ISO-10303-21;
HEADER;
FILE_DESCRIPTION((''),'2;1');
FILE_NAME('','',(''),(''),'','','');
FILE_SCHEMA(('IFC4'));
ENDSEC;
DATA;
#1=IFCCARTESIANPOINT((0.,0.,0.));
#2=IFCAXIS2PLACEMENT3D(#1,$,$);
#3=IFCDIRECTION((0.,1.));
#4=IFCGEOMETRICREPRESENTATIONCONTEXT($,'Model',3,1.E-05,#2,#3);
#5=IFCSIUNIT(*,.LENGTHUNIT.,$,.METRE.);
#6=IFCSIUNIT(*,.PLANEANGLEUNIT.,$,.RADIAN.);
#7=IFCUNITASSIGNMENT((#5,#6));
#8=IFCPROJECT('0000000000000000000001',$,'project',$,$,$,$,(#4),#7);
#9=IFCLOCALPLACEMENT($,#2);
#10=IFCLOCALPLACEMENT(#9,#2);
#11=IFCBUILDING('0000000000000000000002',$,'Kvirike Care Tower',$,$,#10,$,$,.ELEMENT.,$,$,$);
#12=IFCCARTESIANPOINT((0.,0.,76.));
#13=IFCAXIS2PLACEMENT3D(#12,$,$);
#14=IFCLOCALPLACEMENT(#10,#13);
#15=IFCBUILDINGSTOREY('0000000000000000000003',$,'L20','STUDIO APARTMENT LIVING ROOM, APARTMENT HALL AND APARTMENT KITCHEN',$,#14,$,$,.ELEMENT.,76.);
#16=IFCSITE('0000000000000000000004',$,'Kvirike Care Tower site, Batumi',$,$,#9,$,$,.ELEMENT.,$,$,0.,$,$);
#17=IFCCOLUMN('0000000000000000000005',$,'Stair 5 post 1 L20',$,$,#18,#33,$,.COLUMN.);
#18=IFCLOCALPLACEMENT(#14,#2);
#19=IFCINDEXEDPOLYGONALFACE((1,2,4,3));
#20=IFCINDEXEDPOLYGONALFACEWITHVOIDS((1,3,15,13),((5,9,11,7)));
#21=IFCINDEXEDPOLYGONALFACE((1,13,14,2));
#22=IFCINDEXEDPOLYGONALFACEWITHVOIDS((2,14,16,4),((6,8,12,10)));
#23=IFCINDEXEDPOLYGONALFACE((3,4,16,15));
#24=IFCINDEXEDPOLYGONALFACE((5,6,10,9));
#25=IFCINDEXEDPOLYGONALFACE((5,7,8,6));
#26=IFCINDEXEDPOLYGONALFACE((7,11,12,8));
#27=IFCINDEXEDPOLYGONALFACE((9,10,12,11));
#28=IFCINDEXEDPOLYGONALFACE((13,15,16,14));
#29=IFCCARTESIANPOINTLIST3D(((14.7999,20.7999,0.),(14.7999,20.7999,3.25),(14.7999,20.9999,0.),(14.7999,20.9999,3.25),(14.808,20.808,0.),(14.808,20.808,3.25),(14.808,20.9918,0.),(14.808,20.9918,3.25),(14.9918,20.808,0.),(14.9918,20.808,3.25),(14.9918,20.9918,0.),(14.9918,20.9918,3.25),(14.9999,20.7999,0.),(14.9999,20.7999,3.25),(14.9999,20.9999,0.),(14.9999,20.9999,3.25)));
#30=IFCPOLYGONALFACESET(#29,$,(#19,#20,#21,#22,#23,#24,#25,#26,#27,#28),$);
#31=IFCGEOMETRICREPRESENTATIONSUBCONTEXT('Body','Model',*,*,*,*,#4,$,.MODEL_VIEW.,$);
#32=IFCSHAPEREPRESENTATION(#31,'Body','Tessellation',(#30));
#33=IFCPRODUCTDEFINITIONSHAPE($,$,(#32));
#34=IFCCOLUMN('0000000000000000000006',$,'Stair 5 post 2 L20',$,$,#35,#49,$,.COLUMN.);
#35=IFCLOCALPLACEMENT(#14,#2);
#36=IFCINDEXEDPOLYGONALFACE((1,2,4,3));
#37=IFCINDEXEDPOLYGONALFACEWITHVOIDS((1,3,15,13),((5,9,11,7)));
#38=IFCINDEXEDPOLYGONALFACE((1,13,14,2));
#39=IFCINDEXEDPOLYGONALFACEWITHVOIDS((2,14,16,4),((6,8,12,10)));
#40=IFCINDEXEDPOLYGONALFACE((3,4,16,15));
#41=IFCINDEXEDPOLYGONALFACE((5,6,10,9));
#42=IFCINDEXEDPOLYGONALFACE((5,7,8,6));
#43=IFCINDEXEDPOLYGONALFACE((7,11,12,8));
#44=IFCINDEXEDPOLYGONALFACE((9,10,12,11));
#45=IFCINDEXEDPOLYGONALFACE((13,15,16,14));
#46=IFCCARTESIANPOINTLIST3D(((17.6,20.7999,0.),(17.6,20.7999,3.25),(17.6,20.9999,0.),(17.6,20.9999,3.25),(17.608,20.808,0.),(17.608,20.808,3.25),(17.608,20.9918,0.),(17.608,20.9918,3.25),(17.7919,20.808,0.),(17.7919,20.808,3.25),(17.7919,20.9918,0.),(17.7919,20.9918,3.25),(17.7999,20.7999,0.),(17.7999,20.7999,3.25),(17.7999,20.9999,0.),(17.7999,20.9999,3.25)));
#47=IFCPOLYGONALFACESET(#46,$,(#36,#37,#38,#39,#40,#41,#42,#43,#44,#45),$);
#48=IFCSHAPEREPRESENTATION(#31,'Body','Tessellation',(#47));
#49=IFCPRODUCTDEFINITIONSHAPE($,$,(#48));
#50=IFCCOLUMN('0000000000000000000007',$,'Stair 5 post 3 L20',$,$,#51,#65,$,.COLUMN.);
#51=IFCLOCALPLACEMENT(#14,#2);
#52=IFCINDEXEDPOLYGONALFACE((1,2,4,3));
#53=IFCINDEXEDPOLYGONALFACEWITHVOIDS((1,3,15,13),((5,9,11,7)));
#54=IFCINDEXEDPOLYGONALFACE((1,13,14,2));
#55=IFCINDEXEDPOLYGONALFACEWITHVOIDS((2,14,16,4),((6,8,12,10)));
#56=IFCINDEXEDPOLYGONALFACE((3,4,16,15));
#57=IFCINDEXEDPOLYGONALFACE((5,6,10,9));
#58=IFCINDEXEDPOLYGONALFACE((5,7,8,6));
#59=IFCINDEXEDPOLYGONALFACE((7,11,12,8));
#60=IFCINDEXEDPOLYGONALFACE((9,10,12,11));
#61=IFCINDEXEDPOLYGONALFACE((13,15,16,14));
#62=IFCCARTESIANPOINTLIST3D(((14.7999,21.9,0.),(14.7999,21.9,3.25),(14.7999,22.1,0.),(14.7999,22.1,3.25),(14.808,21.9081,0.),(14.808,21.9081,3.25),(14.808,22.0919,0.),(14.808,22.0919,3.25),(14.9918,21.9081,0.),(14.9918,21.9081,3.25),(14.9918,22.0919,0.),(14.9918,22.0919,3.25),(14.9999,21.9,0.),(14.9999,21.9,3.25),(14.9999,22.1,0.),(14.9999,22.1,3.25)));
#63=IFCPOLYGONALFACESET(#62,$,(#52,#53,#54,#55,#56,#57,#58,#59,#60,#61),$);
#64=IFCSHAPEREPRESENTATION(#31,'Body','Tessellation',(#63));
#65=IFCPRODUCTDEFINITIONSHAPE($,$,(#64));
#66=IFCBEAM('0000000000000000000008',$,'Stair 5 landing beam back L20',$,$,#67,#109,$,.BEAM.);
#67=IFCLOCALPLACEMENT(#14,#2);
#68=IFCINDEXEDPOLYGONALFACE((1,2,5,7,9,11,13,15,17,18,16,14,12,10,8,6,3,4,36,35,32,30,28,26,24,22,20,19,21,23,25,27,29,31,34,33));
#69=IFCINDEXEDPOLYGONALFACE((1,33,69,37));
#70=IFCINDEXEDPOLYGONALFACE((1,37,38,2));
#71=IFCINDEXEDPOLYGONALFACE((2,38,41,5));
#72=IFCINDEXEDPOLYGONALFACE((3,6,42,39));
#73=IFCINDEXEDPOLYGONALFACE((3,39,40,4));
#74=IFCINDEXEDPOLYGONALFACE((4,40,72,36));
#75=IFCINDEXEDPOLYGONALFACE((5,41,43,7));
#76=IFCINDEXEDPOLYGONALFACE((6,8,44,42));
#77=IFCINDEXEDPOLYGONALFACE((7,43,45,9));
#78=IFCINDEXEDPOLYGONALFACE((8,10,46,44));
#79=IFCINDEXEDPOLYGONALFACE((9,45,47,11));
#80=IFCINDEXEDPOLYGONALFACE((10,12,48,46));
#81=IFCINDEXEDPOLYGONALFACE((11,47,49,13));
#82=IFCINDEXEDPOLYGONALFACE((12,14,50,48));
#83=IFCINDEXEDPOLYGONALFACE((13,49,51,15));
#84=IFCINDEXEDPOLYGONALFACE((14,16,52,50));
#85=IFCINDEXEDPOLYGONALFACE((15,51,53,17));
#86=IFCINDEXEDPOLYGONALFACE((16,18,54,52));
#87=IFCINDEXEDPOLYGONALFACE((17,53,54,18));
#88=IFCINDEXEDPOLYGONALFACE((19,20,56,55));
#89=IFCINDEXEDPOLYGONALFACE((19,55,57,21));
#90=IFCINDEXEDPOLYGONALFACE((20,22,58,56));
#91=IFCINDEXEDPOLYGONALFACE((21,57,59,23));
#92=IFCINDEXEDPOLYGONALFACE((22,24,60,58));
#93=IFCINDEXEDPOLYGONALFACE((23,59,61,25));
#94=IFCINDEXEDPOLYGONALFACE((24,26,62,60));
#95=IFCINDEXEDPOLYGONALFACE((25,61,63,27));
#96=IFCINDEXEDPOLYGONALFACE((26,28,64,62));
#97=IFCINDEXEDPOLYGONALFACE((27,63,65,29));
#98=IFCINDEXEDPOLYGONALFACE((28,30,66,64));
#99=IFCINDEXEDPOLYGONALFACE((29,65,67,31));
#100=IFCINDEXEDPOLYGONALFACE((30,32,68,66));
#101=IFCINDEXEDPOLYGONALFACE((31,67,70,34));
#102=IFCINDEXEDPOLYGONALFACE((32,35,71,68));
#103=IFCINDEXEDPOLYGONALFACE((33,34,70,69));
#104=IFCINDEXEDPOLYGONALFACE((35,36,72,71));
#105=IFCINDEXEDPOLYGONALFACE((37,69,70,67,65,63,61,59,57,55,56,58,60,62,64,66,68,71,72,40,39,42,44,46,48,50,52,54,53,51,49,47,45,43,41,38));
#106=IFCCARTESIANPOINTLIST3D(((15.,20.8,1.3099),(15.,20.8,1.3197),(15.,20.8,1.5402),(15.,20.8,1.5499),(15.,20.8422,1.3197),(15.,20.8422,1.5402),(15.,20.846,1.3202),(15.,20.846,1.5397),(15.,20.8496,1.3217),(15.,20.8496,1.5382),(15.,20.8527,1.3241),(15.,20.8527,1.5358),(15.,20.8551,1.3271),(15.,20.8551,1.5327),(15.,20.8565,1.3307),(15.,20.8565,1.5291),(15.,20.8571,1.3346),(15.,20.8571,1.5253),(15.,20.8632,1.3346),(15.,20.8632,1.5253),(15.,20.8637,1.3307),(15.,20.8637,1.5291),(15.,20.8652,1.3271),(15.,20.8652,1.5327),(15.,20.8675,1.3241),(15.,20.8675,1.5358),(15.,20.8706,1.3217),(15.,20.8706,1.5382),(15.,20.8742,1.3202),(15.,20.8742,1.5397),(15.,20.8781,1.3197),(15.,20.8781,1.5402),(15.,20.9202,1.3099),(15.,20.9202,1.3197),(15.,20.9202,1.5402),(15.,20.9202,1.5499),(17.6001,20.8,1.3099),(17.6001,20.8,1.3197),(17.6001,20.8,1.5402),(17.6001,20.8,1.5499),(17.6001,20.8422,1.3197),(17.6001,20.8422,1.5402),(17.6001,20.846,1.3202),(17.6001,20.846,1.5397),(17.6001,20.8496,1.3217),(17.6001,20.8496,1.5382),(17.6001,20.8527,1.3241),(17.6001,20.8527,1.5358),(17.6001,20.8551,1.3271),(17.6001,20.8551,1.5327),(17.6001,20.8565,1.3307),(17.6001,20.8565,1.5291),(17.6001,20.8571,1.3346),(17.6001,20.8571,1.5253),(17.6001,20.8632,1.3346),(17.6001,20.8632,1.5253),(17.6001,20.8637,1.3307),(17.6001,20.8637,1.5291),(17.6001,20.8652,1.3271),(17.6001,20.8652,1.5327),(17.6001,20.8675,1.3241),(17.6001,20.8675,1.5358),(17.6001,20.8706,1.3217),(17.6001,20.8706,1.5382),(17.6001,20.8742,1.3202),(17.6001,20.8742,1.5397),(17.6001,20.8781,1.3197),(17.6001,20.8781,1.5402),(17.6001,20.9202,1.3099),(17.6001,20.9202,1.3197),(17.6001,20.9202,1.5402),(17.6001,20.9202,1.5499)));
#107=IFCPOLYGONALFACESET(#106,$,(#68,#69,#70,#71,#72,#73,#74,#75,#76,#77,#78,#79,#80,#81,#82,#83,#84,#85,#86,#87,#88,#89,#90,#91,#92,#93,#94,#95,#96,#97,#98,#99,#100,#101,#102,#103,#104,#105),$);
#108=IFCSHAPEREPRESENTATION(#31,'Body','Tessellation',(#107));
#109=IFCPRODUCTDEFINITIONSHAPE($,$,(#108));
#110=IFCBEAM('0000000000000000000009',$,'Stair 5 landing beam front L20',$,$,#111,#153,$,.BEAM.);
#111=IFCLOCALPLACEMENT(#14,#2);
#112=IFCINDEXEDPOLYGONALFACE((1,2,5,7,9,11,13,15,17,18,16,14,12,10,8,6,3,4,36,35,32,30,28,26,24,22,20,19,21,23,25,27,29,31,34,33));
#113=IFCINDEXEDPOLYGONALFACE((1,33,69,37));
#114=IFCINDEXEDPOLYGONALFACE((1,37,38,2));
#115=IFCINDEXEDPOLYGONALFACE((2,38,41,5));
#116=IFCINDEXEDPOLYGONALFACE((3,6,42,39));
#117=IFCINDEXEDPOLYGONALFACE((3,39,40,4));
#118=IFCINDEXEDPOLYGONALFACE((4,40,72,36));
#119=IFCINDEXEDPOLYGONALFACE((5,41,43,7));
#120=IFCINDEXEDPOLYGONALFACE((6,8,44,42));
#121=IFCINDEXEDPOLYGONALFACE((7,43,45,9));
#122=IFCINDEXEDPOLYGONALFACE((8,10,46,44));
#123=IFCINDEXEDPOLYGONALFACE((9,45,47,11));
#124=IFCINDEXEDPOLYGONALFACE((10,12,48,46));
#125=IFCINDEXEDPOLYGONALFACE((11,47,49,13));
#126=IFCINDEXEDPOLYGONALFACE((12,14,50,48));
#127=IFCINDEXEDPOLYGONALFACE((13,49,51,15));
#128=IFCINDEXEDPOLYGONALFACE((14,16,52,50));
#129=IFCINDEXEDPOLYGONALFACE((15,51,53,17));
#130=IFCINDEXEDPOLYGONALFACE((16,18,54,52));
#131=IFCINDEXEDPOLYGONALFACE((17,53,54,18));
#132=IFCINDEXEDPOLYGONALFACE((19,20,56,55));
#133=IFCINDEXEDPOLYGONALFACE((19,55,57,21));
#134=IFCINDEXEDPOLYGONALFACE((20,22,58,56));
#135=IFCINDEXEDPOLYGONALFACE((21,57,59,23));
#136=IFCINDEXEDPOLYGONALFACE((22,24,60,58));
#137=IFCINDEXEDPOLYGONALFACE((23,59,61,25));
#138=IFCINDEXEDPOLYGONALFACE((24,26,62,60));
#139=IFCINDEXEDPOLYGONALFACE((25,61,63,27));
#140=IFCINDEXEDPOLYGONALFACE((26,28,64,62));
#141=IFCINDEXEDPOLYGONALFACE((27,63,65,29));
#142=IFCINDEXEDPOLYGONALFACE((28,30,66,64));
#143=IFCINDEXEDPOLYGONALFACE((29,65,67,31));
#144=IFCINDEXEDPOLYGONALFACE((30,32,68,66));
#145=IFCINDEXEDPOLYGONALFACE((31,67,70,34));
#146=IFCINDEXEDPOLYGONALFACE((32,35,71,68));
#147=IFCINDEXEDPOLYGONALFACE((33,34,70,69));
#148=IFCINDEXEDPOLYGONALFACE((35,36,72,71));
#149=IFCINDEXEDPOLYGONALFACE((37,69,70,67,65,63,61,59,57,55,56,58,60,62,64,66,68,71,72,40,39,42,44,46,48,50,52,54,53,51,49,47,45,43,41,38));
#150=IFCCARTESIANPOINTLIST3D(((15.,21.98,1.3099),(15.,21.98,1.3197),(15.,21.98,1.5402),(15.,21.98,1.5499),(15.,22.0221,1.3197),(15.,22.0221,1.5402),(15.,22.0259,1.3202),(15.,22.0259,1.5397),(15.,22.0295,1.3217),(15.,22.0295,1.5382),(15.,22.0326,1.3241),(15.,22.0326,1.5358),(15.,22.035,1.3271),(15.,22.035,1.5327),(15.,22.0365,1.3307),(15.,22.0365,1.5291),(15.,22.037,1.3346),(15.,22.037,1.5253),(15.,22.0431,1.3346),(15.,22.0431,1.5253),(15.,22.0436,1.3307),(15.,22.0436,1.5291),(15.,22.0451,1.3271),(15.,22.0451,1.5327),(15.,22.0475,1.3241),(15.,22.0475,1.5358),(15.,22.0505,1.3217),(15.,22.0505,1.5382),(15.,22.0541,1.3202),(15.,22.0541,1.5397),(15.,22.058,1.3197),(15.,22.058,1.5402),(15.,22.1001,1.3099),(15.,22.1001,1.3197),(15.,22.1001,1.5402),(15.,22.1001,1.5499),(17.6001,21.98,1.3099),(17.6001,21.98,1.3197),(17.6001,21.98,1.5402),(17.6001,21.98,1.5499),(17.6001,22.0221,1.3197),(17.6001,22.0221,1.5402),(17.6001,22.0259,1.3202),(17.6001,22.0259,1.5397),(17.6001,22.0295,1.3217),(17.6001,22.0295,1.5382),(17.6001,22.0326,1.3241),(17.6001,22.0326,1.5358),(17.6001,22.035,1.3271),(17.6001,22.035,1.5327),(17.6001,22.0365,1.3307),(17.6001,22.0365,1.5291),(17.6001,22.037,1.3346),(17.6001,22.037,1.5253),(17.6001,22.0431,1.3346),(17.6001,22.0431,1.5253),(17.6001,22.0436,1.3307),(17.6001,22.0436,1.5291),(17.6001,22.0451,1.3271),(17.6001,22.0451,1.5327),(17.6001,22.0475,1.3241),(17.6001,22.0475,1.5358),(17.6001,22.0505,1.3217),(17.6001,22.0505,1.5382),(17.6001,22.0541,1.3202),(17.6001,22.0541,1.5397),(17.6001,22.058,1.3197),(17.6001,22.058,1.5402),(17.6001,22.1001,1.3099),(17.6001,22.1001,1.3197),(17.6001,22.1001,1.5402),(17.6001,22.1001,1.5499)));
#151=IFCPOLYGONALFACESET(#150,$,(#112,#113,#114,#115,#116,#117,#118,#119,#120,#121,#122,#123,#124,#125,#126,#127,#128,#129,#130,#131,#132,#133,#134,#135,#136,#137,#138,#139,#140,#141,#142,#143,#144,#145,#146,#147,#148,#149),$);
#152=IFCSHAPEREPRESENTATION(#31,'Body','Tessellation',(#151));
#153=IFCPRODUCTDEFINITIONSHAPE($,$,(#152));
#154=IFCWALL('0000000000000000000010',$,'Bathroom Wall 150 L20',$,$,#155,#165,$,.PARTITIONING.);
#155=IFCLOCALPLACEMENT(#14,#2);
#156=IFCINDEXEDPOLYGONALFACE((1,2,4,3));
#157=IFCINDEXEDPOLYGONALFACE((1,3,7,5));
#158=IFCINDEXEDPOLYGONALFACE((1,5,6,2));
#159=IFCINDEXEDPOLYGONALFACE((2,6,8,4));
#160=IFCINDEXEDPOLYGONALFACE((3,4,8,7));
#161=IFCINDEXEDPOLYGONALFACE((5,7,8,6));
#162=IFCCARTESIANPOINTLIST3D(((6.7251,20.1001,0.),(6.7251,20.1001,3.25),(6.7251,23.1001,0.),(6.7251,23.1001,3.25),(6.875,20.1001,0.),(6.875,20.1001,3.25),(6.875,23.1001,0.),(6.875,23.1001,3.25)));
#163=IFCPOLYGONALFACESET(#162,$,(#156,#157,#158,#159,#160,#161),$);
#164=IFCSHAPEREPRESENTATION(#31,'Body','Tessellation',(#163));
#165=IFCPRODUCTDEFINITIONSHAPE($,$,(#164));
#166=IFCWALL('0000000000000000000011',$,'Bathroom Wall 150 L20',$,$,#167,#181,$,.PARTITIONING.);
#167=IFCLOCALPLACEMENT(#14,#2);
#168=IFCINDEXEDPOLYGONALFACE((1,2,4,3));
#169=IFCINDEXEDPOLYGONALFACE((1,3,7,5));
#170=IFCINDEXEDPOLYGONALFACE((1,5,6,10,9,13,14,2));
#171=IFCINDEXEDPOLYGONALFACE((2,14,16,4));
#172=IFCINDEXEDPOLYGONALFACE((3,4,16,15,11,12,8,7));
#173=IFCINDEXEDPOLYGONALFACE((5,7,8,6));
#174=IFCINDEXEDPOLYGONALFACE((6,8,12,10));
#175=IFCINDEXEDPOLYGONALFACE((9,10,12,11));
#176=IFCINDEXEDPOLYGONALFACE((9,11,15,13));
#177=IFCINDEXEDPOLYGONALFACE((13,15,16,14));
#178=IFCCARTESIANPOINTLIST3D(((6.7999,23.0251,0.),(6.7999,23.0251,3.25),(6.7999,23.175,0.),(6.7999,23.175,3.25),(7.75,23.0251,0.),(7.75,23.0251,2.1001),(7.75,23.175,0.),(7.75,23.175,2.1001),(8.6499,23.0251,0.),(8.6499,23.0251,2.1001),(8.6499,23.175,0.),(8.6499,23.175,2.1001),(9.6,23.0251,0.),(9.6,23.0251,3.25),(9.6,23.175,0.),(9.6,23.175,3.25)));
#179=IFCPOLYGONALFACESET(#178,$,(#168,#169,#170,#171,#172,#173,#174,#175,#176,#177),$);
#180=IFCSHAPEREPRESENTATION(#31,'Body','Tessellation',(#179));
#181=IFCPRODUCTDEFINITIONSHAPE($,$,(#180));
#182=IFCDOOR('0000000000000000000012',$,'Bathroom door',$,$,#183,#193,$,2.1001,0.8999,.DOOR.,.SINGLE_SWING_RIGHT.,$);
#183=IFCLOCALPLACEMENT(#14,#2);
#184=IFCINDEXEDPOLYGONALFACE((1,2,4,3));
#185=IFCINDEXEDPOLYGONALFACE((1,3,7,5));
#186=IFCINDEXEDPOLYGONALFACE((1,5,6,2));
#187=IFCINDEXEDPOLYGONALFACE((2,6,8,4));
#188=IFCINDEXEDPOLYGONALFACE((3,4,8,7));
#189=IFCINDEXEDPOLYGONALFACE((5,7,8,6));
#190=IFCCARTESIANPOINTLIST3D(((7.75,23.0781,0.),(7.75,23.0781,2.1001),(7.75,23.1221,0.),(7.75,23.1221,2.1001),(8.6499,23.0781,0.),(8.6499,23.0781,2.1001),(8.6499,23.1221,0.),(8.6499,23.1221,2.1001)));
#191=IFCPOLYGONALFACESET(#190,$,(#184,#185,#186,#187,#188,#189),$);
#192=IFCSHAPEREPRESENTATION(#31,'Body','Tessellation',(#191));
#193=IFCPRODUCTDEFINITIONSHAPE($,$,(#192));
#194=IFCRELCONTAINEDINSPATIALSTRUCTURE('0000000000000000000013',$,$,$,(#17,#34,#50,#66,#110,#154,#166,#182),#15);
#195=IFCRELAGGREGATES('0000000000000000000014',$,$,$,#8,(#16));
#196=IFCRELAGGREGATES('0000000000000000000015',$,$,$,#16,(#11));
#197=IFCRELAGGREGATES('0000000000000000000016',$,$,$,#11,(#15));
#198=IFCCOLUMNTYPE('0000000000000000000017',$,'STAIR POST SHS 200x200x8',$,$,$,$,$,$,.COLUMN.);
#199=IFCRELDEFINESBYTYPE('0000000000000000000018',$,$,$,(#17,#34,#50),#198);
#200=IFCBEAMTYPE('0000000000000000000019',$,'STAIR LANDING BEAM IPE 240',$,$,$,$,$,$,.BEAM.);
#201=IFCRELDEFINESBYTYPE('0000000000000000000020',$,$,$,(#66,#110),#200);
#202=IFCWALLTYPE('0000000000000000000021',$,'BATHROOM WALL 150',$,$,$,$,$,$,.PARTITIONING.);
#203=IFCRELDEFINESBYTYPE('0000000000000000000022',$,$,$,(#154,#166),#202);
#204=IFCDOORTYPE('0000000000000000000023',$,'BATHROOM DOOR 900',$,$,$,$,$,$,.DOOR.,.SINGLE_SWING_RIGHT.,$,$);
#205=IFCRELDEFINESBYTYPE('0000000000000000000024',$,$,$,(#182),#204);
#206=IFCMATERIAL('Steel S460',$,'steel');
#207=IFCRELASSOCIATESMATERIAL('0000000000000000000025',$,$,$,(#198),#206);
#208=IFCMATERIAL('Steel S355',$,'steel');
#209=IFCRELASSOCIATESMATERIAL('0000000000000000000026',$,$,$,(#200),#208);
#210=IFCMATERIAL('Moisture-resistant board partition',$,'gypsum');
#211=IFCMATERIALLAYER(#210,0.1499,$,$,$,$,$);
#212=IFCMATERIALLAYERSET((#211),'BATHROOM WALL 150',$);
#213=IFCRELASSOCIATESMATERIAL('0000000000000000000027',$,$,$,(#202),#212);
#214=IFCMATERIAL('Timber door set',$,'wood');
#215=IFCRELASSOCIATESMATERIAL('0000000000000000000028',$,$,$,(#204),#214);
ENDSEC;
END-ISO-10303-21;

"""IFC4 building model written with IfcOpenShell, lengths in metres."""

from ifc_helpers import new_model, si_unit, direction, frame, frame_2d, origin, origin_2d, place, context, subcontext, project, spatial, rectangle, hollow_rectangle, i_section, extrude, material, layer, layer_set, material_profile, profile_set, type_object, element, fill, save


model = new_model("IFC4")

# Units and contexts
model_context = context("Model", 3, precision=1e-05, world=origin(), true_north=direction((0.0, 1.0)))
body_context = subcontext(model_context, "Body", "Model", "MODEL_VIEW")
ifc_project = project(units=[si_unit("LENGTHUNIT", "METRE"), si_unit("PLANEANGLEUNIT", "RADIAN")], contexts=[model_context])

# Site, building, storey
site_placement = place(None, origin())
site = spatial("IfcSite", under=ifc_project, at=site_placement, Name="Kvirike Care Tower site, Batumi", CompositionType="ELEMENT", RefElevation=0.0)
building_placement = place(site_placement, origin())
building = spatial("IfcBuilding", under=site, at=building_placement, Name="Kvirike Care Tower", CompositionType="ELEMENT")
storey_placement = place(building_placement, frame((0.0, 0.0, 76.0)))
storey = spatial("IfcBuildingStorey", under=building, at=storey_placement, Name="L20", Description="STUDIO APARTMENT LIVING ROOM, APARTMENT HALL AND APARTMENT KITCHEN", CompositionType="ELEMENT", Elevation=76.0)

# Columns
ifc_material_1 = material(Name="Steel S460", Category="steel")
ifc_material_profile_1 = material_profile(ifc_material_1, hollow_rectangle(XDim=0.2, YDim=0.2, WallThickness=0.0081, at=origin_2d()), Name="SHS 200x200x8")
ifc_profile_set_1 = profile_set([ifc_material_profile_1], Name="Steel S460")
column_type = type_object("IfcColumnType", Name="STAIR POST SHS 200x200x8", PredefinedType="COLUMN", material=ifc_profile_set_1)
for number, where, z_axis, x_axis, name in (
    (1, (14.8999, 20.8999, 0.0), (0.0, 0.0, 1.0), (1.0, 0.0, 0.0), "Stair 5 post 1 L20"),
    (2, (17.7, 20.8999, 0.0), (0.0, 0.0, 1.0), (1.0, 0.0, 0.0), "Stair 5 post 2 L20"),
    (3, (14.8999, 22.0, 0.0), (0.0, 0.0, 1.0), (1.0, 0.0, 0.0), "Stair 5 post 3 L20"),
):
    element("IfcColumn", number, at=place(storey_placement, frame(where, z_axis=z_axis, x_axis=x_axis)), inside=storey, type_object=column_type, Name=name, PredefinedType="COLUMN", context=body_context, shape_type="SweptSolid", body=[
        extrude(hollow_rectangle(XDim=0.2, YDim=0.2, WallThickness=0.0081, at=origin_2d()), origin(), (0.0, 0.0, 1.0), 3.25),
    ])

# Beams
ifc_material_2 = material(Name="Steel S355", Category="steel")
ifc_material_profile_2 = material_profile(ifc_material_2, i_section(OverallWidth=0.1201, OverallDepth=0.24, WebThickness=0.0061, FlangeThickness=0.0098, FilletRadius=0.0149, at=origin_2d()), Name="IPE 240")
ifc_profile_set_2 = profile_set([ifc_material_profile_2], Name="Steel S355")
beam_type = type_object("IfcBeamType", Name="STAIR LANDING BEAM IPE 240", PredefinedType="BEAM", material=ifc_profile_set_2)
for number, where, z_axis, x_axis, name in (
    (4, (15.0, 20.8601, 1.4299), (1.0, 0.0, 0.0), (0.0, 1.0, 0.0), "Stair 5 landing beam back L20"),
    (5, (15.0, 22.04, 1.4299), (1.0, 0.0, 0.0), (0.0, 1.0, 0.0), "Stair 5 landing beam front L20"),
):
    element("IfcBeam", number, at=place(storey_placement, frame(where, z_axis=z_axis, x_axis=x_axis)), inside=storey, type_object=beam_type, Name=name, PredefinedType="BEAM", context=body_context, shape_type="SweptSolid", body=[
        extrude(i_section(OverallWidth=0.1201, OverallDepth=0.24, WebThickness=0.0061, FlangeThickness=0.0098, FilletRadius=0.0149, at=origin_2d()), origin(), (0.0, 0.0, 1.0), 2.6001),
    ])

# Wall
ifc_material_3 = material(Name="Moisture-resistant board partition", Category="gypsum")
ifc_layer_1 = layer(ifc_material_3, 0.1499)
ifc_layer_set_1 = layer_set([ifc_layer_1], Name="BATHROOM WALL 150")
wall_type_1 = type_object("IfcWallType", Name="BATHROOM WALL 150", PredefinedType="PARTITIONING", material=ifc_layer_set_1)
wall_1_placement = place(storey_placement, frame((6.8, 20.1001, 0.0), z_axis=(0.0, 0.0, 1.0), x_axis=(0.0, 1.0, 0.0)))
element("IfcWall", 6, at=wall_1_placement, inside=storey, type_object=wall_type_1, Name="Bathroom Wall 150 L20", PredefinedType="PARTITIONING", context=body_context, shape_type="SweptSolid", body=[
    extrude(rectangle(XDim=3.0, YDim=0.1499, at=frame_2d((1.5, 0.0))), origin(), (0.0, 0.0, 1.0), 3.25),
])

# Wall, opening, door
wall_2_placement = place(storey_placement, frame((6.8, 23.1001, 0.0), z_axis=(0.0, 0.0, 1.0), x_axis=(1.0, 0.0, 0.0)))
wall_2 = element("IfcWall", 7, at=wall_2_placement, inside=storey, type_object=wall_type_1, Name="Bathroom Wall 150 L20", PredefinedType="PARTITIONING", context=body_context, shape_type="SweptSolid", body=[
    extrude(rectangle(XDim=2.8, YDim=0.1499, at=frame_2d((1.3999, 0.0))), origin(), (0.0, 0.0, 1.0), 3.25),
])
opening_1_placement = place(wall_2_placement, frame((0.95, 0.0, 0.0)))
opening_1 = element("IfcOpeningElement", 8, at=opening_1_placement, cuts=wall_2, PredefinedType="OPENING", context=body_context, shape_type="SweptSolid", body=[
    extrude(rectangle(XDim=0.8999, YDim=2.1001, at=frame_2d((0.45, 1.05))), frame((0.0, 0.0854, 0.0), z_axis=(0.0, -1.0, 0.0), x_axis=(1.0, 0.0, 0.0)), (0.0, 0.0, 1.0), 0.1709),
])
ifc_material_4 = material(Name="Timber door set", Category="wood")
door_type_1 = type_object("IfcDoorType", Name="BATHROOM DOOR 900", OperationType="SINGLE_SWING_RIGHT", PredefinedType="DOOR", material=ifc_material_4)
door_1_placement = place(opening_1_placement, frame((0.8999, 0.0, 0.0), z_axis=(0.0, 0.0, 1.0), x_axis=(-1.0, 0.0, 0.0)))
door_1 = element("IfcDoor", 9, at=door_1_placement, inside=storey, type_object=door_type_1, Name="Bathroom door", OperationType="SINGLE_SWING_RIGHT", OverallHeight=2.1001, OverallWidth=0.8999, PredefinedType="DOOR", context=body_context, shape_type="SweptSolid", body=[
    extrude(rectangle(XDim=0.8999, YDim=2.1001, at=frame_2d((0.45, 1.05))), frame((0.0, 0.022, 0.0), z_axis=(0.0, -1.0, 0.0), x_axis=(1.0, 0.0, 0.0)), (0.0, 0.0, 1.0), 0.0439),
])
fill(opening_1, door_1)

save(model, "model.ifc")
